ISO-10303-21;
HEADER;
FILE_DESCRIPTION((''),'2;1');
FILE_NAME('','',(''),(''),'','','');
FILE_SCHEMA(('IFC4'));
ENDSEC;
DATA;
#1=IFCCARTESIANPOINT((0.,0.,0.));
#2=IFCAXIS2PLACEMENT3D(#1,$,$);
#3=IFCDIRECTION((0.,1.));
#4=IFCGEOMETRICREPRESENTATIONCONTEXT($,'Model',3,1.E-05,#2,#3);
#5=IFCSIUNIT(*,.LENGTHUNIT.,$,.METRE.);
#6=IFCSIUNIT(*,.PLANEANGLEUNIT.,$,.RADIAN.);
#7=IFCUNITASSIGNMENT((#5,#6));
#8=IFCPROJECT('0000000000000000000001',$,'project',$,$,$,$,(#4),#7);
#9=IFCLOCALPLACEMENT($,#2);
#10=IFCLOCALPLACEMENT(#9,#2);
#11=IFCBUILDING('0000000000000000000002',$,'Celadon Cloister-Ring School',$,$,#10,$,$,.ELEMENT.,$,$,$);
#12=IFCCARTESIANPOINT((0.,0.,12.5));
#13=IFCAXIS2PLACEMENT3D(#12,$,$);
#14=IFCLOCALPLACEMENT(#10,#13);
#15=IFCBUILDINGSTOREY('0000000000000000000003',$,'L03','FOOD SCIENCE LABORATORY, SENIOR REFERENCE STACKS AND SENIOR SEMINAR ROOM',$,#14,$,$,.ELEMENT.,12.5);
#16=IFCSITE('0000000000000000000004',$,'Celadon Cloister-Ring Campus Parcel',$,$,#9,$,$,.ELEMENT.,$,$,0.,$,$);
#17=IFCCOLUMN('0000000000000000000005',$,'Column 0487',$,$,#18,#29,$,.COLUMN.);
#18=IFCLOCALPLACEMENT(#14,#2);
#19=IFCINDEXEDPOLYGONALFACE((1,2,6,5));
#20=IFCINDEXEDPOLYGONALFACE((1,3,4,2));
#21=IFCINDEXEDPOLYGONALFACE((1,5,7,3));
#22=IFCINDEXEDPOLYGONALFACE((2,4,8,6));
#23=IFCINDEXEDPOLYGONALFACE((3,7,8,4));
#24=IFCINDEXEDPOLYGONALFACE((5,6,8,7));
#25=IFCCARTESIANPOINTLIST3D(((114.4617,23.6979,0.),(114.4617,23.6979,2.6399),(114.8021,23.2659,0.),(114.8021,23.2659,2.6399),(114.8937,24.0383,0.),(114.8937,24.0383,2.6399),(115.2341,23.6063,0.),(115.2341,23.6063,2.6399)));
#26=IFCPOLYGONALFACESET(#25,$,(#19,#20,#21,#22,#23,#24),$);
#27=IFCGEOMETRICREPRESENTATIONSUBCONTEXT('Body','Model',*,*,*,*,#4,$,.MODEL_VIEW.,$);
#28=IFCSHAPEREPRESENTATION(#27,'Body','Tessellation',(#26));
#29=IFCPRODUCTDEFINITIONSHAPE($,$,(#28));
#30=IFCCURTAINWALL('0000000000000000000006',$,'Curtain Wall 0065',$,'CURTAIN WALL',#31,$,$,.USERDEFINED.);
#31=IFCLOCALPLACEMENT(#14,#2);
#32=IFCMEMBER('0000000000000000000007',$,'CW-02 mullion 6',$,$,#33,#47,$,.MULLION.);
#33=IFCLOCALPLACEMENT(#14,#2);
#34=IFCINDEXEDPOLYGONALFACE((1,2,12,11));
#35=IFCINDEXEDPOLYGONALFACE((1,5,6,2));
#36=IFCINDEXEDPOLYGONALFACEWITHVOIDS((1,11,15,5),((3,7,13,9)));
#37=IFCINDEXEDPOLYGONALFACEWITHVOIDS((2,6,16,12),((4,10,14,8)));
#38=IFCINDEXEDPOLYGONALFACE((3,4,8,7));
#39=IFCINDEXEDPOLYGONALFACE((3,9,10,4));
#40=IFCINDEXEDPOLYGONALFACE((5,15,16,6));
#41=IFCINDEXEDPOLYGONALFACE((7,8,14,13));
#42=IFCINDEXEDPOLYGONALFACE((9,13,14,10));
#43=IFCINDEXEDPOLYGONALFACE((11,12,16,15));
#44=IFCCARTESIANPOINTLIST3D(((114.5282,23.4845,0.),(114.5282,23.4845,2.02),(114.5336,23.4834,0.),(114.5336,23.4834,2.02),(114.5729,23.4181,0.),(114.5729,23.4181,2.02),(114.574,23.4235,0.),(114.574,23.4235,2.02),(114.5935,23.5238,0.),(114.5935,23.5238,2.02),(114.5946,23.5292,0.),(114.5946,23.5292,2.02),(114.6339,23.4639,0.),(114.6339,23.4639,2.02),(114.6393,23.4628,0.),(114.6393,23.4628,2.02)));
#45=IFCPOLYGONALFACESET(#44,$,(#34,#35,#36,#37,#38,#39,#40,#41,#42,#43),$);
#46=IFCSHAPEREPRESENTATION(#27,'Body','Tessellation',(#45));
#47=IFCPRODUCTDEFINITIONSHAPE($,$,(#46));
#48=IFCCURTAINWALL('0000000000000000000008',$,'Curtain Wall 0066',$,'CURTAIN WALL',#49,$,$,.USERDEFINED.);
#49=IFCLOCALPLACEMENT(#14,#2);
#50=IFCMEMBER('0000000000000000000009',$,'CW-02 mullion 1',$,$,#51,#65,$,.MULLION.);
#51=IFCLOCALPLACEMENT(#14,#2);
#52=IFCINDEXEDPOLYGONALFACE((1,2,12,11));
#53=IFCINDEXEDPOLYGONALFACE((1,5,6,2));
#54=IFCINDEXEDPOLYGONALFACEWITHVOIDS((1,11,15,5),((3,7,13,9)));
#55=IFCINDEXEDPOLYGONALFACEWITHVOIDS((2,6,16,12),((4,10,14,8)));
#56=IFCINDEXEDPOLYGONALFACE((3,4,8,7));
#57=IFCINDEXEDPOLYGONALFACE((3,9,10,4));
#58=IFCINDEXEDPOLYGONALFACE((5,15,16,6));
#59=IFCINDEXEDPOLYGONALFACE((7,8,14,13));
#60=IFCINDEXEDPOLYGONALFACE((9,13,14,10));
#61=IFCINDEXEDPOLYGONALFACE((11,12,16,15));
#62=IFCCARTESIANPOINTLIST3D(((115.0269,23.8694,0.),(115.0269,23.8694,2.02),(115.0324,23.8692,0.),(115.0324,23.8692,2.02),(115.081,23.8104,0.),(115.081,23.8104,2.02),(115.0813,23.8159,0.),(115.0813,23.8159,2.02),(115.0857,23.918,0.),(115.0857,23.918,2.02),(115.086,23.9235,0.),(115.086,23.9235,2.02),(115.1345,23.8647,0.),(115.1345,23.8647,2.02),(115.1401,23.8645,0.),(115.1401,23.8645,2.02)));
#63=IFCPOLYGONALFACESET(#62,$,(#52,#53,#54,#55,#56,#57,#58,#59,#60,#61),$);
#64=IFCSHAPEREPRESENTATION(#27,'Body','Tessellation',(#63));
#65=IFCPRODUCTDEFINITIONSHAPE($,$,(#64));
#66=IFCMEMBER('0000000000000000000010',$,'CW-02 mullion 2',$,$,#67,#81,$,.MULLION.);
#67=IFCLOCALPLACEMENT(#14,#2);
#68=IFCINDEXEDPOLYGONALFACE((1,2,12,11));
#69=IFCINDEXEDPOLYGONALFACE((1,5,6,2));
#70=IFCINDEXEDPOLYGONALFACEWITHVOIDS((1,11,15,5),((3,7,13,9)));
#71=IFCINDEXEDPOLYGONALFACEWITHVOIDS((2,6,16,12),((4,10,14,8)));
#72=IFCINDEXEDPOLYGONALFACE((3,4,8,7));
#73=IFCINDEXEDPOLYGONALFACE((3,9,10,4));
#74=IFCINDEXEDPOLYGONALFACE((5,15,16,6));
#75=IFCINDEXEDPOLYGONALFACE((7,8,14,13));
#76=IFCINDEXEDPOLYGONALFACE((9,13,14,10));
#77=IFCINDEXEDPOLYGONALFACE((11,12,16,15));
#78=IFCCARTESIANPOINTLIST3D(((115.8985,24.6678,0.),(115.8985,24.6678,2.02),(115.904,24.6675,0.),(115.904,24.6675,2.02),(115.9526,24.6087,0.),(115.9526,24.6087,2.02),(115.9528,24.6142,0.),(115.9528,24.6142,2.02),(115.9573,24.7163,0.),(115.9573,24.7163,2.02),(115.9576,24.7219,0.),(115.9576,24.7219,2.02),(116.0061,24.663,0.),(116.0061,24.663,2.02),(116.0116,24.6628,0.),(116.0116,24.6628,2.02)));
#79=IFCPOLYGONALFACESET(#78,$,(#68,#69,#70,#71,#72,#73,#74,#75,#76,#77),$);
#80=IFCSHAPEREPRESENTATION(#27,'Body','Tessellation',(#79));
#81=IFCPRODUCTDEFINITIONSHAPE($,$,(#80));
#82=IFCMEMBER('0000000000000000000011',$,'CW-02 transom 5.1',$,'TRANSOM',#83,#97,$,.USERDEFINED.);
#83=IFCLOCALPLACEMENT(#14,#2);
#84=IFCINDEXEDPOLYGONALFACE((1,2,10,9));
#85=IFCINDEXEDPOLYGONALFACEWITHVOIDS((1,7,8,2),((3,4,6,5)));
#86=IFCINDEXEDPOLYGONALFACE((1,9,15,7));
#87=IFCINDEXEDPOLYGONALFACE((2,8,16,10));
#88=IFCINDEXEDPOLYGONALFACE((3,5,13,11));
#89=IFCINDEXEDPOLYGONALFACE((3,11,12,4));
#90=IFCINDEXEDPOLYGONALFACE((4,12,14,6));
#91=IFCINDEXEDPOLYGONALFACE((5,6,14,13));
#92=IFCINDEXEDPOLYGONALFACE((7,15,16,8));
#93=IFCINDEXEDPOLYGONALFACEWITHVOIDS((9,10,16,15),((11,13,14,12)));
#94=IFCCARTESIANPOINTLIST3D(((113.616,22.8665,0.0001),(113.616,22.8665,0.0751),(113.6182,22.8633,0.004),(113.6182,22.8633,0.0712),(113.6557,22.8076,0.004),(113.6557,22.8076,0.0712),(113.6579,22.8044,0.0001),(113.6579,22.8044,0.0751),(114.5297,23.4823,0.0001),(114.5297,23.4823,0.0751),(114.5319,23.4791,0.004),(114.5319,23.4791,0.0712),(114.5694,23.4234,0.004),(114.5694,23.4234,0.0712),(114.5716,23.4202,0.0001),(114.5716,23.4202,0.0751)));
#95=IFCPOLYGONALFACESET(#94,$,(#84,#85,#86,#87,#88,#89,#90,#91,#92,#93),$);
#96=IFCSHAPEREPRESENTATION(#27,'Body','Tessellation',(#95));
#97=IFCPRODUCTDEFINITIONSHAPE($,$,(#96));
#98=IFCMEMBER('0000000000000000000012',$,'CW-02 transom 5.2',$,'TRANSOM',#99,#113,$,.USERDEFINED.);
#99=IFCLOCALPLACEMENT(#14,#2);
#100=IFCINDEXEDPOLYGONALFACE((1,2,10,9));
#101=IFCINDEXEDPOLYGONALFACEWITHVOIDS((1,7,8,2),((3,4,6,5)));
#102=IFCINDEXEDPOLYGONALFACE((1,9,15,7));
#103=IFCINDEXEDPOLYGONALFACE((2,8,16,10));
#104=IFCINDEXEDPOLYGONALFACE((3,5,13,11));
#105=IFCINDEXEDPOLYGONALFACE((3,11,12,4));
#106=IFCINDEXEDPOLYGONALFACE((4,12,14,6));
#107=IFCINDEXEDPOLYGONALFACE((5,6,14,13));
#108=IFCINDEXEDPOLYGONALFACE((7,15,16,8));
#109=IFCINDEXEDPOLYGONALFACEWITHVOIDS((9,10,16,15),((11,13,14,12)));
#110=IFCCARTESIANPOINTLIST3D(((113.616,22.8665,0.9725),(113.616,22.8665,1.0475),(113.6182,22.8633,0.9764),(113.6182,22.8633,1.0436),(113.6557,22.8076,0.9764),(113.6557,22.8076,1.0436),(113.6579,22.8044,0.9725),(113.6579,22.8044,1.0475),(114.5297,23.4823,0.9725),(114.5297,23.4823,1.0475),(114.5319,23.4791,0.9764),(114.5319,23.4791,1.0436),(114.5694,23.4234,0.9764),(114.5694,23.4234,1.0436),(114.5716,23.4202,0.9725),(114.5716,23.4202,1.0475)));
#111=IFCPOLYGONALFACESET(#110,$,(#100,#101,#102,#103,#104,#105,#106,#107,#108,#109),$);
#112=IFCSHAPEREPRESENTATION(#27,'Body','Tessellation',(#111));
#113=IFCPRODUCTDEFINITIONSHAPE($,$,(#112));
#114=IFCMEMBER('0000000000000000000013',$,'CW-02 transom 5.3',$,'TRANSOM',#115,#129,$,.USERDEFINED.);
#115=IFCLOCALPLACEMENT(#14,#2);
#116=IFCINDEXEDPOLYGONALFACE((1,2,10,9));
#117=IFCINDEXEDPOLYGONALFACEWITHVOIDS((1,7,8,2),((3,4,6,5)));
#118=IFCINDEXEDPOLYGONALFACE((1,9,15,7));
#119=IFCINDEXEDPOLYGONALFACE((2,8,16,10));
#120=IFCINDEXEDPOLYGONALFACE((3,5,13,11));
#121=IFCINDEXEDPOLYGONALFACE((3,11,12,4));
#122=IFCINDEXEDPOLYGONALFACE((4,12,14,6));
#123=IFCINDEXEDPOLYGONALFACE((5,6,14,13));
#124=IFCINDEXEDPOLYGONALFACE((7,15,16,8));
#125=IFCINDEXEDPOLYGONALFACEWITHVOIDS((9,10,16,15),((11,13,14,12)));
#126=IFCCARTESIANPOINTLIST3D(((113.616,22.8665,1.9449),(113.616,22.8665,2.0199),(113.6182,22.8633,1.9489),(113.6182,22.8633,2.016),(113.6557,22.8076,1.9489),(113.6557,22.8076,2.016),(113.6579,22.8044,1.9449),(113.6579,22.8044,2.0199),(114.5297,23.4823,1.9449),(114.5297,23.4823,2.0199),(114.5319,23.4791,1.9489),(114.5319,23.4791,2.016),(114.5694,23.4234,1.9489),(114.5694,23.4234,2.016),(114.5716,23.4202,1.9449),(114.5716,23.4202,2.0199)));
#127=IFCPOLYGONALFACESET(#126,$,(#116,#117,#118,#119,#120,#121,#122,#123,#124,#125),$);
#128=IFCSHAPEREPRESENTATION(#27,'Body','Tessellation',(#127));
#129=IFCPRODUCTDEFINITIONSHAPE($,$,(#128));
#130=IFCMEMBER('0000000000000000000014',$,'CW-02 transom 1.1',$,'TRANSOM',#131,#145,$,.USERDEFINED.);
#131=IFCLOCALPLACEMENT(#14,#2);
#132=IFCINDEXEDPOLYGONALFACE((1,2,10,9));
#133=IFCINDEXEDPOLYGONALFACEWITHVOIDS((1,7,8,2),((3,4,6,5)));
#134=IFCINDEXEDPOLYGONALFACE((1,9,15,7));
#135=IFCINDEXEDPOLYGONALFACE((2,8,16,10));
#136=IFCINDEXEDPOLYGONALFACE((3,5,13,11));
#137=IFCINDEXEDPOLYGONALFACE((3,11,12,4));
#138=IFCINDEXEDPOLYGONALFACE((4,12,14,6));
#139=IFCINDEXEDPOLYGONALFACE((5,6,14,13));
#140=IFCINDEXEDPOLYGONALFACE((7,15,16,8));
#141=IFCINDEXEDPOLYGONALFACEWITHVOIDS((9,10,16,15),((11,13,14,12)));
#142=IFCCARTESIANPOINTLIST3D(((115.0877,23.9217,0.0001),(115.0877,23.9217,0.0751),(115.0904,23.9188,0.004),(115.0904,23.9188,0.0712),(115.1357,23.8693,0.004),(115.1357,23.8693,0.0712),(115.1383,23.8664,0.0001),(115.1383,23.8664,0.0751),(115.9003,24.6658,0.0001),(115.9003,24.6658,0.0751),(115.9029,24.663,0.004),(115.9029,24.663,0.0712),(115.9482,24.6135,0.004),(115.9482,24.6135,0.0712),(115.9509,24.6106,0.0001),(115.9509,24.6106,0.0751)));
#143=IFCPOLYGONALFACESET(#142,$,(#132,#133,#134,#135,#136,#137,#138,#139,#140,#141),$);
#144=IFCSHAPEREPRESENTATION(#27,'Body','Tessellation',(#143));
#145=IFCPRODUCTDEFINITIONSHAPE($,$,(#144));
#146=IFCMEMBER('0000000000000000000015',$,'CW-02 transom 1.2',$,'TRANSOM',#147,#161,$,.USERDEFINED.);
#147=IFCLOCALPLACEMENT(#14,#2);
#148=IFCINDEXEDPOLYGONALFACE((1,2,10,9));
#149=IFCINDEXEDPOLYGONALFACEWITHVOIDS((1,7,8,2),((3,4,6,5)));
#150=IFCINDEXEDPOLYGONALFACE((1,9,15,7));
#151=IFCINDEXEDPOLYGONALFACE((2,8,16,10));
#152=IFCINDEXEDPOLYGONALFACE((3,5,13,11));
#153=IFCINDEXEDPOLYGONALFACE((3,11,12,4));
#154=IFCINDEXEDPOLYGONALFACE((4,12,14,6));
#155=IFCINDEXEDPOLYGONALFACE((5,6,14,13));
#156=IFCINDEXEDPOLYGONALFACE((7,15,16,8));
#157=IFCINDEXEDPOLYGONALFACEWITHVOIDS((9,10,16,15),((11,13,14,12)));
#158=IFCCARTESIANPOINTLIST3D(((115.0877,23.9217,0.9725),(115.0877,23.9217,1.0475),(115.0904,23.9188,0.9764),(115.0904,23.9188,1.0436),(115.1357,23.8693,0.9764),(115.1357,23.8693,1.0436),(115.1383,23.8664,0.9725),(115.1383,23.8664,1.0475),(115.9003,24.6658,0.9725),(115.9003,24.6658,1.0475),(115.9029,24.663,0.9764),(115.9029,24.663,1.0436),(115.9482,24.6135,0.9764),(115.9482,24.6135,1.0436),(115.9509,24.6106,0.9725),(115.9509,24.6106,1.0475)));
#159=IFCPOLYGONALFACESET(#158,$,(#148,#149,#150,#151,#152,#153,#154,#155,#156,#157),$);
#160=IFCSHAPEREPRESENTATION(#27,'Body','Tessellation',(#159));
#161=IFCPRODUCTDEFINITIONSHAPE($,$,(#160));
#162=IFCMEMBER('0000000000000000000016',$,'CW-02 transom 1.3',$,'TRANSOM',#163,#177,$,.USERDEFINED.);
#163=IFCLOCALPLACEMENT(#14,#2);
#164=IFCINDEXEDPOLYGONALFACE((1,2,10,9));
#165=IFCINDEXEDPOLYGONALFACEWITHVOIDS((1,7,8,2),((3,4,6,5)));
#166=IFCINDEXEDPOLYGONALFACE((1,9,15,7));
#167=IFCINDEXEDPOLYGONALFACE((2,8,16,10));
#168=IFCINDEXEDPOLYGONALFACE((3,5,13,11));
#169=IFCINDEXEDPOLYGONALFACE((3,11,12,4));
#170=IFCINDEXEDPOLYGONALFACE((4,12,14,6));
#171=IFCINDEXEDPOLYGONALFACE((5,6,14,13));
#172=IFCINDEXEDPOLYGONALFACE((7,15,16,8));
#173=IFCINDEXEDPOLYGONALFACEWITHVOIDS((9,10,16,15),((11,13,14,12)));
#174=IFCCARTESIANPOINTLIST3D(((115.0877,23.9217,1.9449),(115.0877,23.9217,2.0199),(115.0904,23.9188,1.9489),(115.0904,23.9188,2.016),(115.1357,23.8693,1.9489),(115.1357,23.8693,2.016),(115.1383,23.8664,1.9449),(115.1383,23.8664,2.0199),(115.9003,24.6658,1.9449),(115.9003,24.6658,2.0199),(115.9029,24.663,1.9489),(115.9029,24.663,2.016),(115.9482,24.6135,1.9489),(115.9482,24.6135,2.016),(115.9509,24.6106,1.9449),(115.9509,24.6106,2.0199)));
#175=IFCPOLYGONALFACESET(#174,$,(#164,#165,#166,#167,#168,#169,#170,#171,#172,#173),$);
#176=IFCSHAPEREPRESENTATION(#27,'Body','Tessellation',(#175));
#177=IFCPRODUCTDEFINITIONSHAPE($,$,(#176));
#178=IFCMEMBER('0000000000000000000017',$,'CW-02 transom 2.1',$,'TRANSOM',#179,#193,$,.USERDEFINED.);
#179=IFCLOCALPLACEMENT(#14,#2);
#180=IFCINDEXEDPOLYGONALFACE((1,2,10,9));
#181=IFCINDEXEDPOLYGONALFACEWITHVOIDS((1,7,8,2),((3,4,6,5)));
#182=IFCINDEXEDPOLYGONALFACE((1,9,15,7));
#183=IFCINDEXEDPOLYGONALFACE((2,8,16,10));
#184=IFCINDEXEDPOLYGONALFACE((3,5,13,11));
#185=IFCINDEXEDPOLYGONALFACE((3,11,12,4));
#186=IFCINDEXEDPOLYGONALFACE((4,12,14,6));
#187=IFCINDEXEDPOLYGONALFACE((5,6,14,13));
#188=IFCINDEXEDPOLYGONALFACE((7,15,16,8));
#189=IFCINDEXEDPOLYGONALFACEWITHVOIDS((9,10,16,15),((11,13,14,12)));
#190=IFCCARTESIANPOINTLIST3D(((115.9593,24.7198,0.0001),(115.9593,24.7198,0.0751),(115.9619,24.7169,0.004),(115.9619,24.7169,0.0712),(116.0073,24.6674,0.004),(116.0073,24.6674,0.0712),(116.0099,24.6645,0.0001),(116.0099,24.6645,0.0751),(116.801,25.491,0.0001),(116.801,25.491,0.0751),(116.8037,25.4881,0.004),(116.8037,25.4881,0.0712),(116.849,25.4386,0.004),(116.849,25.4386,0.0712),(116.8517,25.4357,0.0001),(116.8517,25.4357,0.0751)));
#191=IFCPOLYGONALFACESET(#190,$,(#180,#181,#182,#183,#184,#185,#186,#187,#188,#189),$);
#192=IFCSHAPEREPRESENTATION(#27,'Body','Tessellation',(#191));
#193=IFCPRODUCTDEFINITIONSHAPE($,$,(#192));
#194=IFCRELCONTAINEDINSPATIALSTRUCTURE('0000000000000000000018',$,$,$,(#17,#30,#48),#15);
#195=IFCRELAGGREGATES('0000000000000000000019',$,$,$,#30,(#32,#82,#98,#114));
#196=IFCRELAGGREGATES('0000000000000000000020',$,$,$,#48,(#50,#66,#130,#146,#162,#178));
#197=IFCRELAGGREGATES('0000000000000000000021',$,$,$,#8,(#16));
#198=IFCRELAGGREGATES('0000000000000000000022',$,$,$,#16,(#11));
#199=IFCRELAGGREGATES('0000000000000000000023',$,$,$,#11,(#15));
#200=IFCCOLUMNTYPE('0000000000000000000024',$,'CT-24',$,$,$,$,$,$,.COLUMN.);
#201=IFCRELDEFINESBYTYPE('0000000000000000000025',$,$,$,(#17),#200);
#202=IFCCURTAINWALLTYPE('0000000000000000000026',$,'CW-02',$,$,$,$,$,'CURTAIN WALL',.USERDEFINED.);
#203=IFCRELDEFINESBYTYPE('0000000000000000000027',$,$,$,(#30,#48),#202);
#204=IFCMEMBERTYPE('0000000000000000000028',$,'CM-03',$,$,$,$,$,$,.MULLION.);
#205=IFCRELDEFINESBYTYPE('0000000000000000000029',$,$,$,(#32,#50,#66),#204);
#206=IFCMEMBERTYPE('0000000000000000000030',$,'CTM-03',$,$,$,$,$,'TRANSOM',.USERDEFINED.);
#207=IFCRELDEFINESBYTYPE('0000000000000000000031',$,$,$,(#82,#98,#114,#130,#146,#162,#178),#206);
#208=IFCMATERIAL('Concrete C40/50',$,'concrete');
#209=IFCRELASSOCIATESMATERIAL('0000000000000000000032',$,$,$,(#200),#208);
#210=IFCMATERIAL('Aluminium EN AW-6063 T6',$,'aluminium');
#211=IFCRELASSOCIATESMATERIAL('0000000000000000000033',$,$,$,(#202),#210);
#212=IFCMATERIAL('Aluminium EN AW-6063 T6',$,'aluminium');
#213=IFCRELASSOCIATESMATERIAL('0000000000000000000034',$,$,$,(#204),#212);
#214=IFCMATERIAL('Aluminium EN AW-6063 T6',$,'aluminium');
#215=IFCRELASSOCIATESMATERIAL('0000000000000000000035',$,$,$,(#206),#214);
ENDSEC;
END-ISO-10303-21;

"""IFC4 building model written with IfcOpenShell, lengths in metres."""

from ifc_helpers import new_model, si_unit, direction, frame, origin, origin_2d, place, context, subcontext, project, spatial, rectangle, hollow_rectangle, extrude, material, material_profile, profile_set, type_object, element, aggregate, save


model = new_model("IFC4")

# Units and contexts
model_context = context("Model", 3, precision=1e-05, world=origin(), true_north=direction((0.0, 1.0)))
body_context = subcontext(model_context, "Body", "Model", "MODEL_VIEW")
ifc_project = project(units=[si_unit("LENGTHUNIT", "METRE"), si_unit("PLANEANGLEUNIT", "RADIAN")], contexts=[model_context])

# Site, building, storey
site_placement = place(None, origin())
site = spatial("IfcSite", under=ifc_project, at=site_placement, Name="Celadon Cloister-Ring Campus Parcel", CompositionType="ELEMENT", RefElevation=0.0)
building_placement = place(site_placement, origin())
building = spatial("IfcBuilding", under=site, at=building_placement, Name="Celadon Cloister-Ring School", CompositionType="ELEMENT")
storey_placement = place(building_placement, frame((0.0, 0.0, 12.5)))
storey = spatial("IfcBuildingStorey", under=building, at=storey_placement, Name="L03", Description="FOOD SCIENCE LABORATORY, SENIOR REFERENCE STACKS AND SENIOR SEMINAR ROOM", CompositionType="ELEMENT", Elevation=12.5)

# Column
ifc_material_1 = material(Name="Concrete C40/50", Category="concrete")
ifc_material_profile_1 = material_profile(ifc_material_1, rectangle(XDim=0.55, YDim=0.55, at=origin_2d()), Name="RC550X550")
ifc_profile_set_1 = profile_set([ifc_material_profile_1], Name="Concrete C40/50")
column_type = type_object("IfcColumnType", Name="CT-24", PredefinedType="COLUMN", material=ifc_profile_set_1)
column_placement = place(storey_placement, frame((114.8479, 23.6521, 0.0), z_axis=(0.0, 0.0, 1.0), x_axis=(0.618847, -0.785511, 0.0)))
element("IfcColumn", 1, at=column_placement, inside=storey, type_object=column_type, Name="Column 0487", PredefinedType="COLUMN", context=body_context, shape_type="SweptSolid", body=[
    extrude(rectangle(XDim=0.55, YDim=0.55, at=origin_2d()), origin(), (0.0, 0.0, 1.0), 2.6399),
])

# Curtain wall, member
ifc_material_2 = material(Name="Aluminium EN AW-6063 T6", Category="aluminium")
curtain_wall_type = type_object("IfcCurtainWallType", Name="CW-02", ElementType="CURTAIN WALL", PredefinedType="USERDEFINED", material=ifc_material_2)
curtain_wall_1_placement = place(storey_placement, origin())
curtain_wall_1 = element("IfcCurtainWall", 2, at=curtain_wall_1_placement, inside=storey, type_object=curtain_wall_type, Name="Curtain Wall 0065", ObjectType="CURTAIN WALL", PredefinedType="USERDEFINED")
ifc_material_3 = material(Name="Aluminium EN AW-6063 T6", Category="aluminium")
ifc_material_profile_2 = material_profile(ifc_material_3, hollow_rectangle(XDim=0.0801, YDim=0.0801, WallThickness=0.0039, at=origin_2d()), Name="RHS80X80X4")
ifc_profile_set_2 = profile_set([ifc_material_profile_2], Name="Aluminium EN AW-6063 T6")
member_type_1 = type_object("IfcMemberType", Name="CM-03", PredefinedType="MULLION", material=ifc_profile_set_2)
member_1_placement = place(storey_placement, frame((114.5837, 23.4736, 0.0), z_axis=(0.0, 0.0, 1.0), x_axis=(-0.558849, 0.82927, 0.0)))
member_1 = element("IfcMember", 3, at=member_1_placement, type_object=member_type_1, Name="CW-02 mullion 6", PredefinedType="MULLION", context=body_context, shape_type="SweptSolid", body=[
    extrude(hollow_rectangle(XDim=0.0801, YDim=0.0801, WallThickness=0.0039, at=origin_2d()), origin(), (0.0, 0.0, 1.0), 2.02),
])

# Curtain wall, members
curtain_wall_2_placement = place(storey_placement, origin())
curtain_wall_2 = element("IfcCurtainWall", 4, at=curtain_wall_2_placement, inside=storey, type_object=curtain_wall_type, Name="Curtain Wall 0066", ObjectType="CURTAIN WALL", PredefinedType="USERDEFINED")
member_2_placement = place(storey_placement, frame((115.0835, 23.8669, 0.0), z_axis=(0.0, 0.0, 1.0), x_axis=(-0.675406, 0.737446, 0.0)))
member_2 = element("IfcMember", 5, at=member_2_placement, type_object=member_type_1, Name="CW-02 mullion 1", PredefinedType="MULLION", context=body_context, shape_type="SweptSolid", body=[
    extrude(hollow_rectangle(XDim=0.0801, YDim=0.0801, WallThickness=0.0039, at=origin_2d()), origin(), (0.0, 0.0, 1.0), 2.02),
])
member_3_placement = place(storey_placement, frame((115.9551, 24.6653, 0.0), z_axis=(0.0, 0.0, 1.0), x_axis=(-0.675406, 0.737446, 0.0)))
member_3 = element("IfcMember", 6, at=member_3_placement, type_object=member_type_1, Name="CW-02 mullion 2", PredefinedType="MULLION", context=body_context, shape_type="SweptSolid", body=[
    extrude(hollow_rectangle(XDim=0.0801, YDim=0.0801, WallThickness=0.0039, at=origin_2d()), origin(), (0.0, 0.0, 1.0), 2.02),
])

# Members
ifc_material_4 = material(Name="Aluminium EN AW-6063 T6", Category="aluminium")
ifc_material_profile_3 = material_profile(ifc_material_4, hollow_rectangle(XDim=0.075, YDim=0.075, WallThickness=0.0039, at=origin_2d()), Name="RHS75X75X4")
ifc_profile_set_3 = profile_set([ifc_material_profile_3], Name="Aluminium EN AW-6063 T6")
member_type_2 = type_object("IfcMemberType", Name="CTM-03", ElementType="TRANSOM", PredefinedType="USERDEFINED", material=ifc_profile_set_3)
member_4_placement = place(storey_placement, frame((113.637, 22.8354, 0.0376), z_axis=(0.829244, 0.558887, 0.0), x_axis=(-0.558887, 0.829244, 0.0)))
member_4 = element("IfcMember", 7, at=member_4_placement, type_object=member_type_2, Name="CW-02 transom 5.1", ObjectType="TRANSOM", PredefinedType="USERDEFINED", context=body_context, shape_type="SweptSolid", body=[
    extrude(hollow_rectangle(XDim=0.075, YDim=0.075, WallThickness=0.0039, at=origin_2d()), origin(), (0.0, 0.0, 1.0), 1.1018),
])
member_5_placement = place(storey_placement, frame((113.637, 22.8354, 1.01), z_axis=(0.829244, 0.558887, 0.0), x_axis=(-0.558887, 0.829244, 0.0)))
member_5 = element("IfcMember", 8, at=member_5_placement, type_object=member_type_2, Name="CW-02 transom 5.2", ObjectType="TRANSOM", PredefinedType="USERDEFINED", context=body_context, shape_type="SweptSolid", body=[
    extrude(hollow_rectangle(XDim=0.075, YDim=0.075, WallThickness=0.0039, at=origin_2d()), origin(), (0.0, 0.0, 1.0), 1.1018),
])
member_6_placement = place(storey_placement, frame((113.637, 22.8354, 1.9824), z_axis=(0.829244, 0.558887, 0.0), x_axis=(-0.558887, 0.829244, 0.0)))
member_6 = element("IfcMember", 9, at=member_6_placement, type_object=member_type_2, Name="CW-02 transom 5.3", ObjectType="TRANSOM", PredefinedType="USERDEFINED", context=body_context, shape_type="SweptSolid", body=[
    extrude(hollow_rectangle(XDim=0.075, YDim=0.075, WallThickness=0.0039, at=origin_2d()), origin(), (0.0, 0.0, 1.0), 1.1018),
])
member_7_placement = place(storey_placement, frame((115.113, 23.894, 0.0376), z_axis=(0.737448, 0.675403, 0.0), x_axis=(-0.675403, 0.737448, 0.0)))
member_7 = element("IfcMember", 10, at=member_7_placement, type_object=member_type_2, Name="CW-02 transom 1.1", ObjectType="TRANSOM", PredefinedType="USERDEFINED", context=body_context, shape_type="SweptSolid", body=[
    extrude(hollow_rectangle(XDim=0.075, YDim=0.075, WallThickness=0.0039, at=origin_2d()), origin(), (0.0, 0.0, 1.0), 1.1018),
])
member_8_placement = place(storey_placement, frame((115.113, 23.894, 1.01), z_axis=(0.737448, 0.675403, 0.0), x_axis=(-0.675403, 0.737448, 0.0)))
member_8 = element("IfcMember", 11, at=member_8_placement, type_object=member_type_2, Name="CW-02 transom 1.2", ObjectType="TRANSOM", PredefinedType="USERDEFINED", context=body_context, shape_type="SweptSolid", body=[
    extrude(hollow_rectangle(XDim=0.075, YDim=0.075, WallThickness=0.0039, at=origin_2d()), origin(), (0.0, 0.0, 1.0), 1.1018),
])
member_9_placement = place(storey_placement, frame((115.113, 23.894, 1.9824), z_axis=(0.737448, 0.675403, 0.0), x_axis=(-0.675403, 0.737448, 0.0)))
member_9 = element("IfcMember", 12, at=member_9_placement, type_object=member_type_2, Name="CW-02 transom 1.3", ObjectType="TRANSOM", PredefinedType="USERDEFINED", context=body_context, shape_type="SweptSolid", body=[
    extrude(hollow_rectangle(XDim=0.075, YDim=0.075, WallThickness=0.0039, at=origin_2d()), origin(), (0.0, 0.0, 1.0), 1.1018),
])
member_10_placement = place(storey_placement, frame((115.9846, 24.6921, 0.0376), z_axis=(0.737332, 0.675531, 0.0), x_axis=(-0.675531, 0.737332, 0.0)))
member_10 = element("IfcMember", 13, at=member_10_placement, type_object=member_type_2, Name="CW-02 transom 2.1", ObjectType="TRANSOM", PredefinedType="USERDEFINED", context=body_context, shape_type="SweptSolid", body=[
    extrude(hollow_rectangle(XDim=0.075, YDim=0.075, WallThickness=0.0039, at=origin_2d()), origin(), (0.0, 0.0, 1.0), 1.1416),
])

aggregate(curtain_wall_1, [member_1, member_4, member_5, member_6])
aggregate(curtain_wall_2, [member_2, member_3, member_7, member_8, member_9, member_10])

save(model, "model.ifc")
